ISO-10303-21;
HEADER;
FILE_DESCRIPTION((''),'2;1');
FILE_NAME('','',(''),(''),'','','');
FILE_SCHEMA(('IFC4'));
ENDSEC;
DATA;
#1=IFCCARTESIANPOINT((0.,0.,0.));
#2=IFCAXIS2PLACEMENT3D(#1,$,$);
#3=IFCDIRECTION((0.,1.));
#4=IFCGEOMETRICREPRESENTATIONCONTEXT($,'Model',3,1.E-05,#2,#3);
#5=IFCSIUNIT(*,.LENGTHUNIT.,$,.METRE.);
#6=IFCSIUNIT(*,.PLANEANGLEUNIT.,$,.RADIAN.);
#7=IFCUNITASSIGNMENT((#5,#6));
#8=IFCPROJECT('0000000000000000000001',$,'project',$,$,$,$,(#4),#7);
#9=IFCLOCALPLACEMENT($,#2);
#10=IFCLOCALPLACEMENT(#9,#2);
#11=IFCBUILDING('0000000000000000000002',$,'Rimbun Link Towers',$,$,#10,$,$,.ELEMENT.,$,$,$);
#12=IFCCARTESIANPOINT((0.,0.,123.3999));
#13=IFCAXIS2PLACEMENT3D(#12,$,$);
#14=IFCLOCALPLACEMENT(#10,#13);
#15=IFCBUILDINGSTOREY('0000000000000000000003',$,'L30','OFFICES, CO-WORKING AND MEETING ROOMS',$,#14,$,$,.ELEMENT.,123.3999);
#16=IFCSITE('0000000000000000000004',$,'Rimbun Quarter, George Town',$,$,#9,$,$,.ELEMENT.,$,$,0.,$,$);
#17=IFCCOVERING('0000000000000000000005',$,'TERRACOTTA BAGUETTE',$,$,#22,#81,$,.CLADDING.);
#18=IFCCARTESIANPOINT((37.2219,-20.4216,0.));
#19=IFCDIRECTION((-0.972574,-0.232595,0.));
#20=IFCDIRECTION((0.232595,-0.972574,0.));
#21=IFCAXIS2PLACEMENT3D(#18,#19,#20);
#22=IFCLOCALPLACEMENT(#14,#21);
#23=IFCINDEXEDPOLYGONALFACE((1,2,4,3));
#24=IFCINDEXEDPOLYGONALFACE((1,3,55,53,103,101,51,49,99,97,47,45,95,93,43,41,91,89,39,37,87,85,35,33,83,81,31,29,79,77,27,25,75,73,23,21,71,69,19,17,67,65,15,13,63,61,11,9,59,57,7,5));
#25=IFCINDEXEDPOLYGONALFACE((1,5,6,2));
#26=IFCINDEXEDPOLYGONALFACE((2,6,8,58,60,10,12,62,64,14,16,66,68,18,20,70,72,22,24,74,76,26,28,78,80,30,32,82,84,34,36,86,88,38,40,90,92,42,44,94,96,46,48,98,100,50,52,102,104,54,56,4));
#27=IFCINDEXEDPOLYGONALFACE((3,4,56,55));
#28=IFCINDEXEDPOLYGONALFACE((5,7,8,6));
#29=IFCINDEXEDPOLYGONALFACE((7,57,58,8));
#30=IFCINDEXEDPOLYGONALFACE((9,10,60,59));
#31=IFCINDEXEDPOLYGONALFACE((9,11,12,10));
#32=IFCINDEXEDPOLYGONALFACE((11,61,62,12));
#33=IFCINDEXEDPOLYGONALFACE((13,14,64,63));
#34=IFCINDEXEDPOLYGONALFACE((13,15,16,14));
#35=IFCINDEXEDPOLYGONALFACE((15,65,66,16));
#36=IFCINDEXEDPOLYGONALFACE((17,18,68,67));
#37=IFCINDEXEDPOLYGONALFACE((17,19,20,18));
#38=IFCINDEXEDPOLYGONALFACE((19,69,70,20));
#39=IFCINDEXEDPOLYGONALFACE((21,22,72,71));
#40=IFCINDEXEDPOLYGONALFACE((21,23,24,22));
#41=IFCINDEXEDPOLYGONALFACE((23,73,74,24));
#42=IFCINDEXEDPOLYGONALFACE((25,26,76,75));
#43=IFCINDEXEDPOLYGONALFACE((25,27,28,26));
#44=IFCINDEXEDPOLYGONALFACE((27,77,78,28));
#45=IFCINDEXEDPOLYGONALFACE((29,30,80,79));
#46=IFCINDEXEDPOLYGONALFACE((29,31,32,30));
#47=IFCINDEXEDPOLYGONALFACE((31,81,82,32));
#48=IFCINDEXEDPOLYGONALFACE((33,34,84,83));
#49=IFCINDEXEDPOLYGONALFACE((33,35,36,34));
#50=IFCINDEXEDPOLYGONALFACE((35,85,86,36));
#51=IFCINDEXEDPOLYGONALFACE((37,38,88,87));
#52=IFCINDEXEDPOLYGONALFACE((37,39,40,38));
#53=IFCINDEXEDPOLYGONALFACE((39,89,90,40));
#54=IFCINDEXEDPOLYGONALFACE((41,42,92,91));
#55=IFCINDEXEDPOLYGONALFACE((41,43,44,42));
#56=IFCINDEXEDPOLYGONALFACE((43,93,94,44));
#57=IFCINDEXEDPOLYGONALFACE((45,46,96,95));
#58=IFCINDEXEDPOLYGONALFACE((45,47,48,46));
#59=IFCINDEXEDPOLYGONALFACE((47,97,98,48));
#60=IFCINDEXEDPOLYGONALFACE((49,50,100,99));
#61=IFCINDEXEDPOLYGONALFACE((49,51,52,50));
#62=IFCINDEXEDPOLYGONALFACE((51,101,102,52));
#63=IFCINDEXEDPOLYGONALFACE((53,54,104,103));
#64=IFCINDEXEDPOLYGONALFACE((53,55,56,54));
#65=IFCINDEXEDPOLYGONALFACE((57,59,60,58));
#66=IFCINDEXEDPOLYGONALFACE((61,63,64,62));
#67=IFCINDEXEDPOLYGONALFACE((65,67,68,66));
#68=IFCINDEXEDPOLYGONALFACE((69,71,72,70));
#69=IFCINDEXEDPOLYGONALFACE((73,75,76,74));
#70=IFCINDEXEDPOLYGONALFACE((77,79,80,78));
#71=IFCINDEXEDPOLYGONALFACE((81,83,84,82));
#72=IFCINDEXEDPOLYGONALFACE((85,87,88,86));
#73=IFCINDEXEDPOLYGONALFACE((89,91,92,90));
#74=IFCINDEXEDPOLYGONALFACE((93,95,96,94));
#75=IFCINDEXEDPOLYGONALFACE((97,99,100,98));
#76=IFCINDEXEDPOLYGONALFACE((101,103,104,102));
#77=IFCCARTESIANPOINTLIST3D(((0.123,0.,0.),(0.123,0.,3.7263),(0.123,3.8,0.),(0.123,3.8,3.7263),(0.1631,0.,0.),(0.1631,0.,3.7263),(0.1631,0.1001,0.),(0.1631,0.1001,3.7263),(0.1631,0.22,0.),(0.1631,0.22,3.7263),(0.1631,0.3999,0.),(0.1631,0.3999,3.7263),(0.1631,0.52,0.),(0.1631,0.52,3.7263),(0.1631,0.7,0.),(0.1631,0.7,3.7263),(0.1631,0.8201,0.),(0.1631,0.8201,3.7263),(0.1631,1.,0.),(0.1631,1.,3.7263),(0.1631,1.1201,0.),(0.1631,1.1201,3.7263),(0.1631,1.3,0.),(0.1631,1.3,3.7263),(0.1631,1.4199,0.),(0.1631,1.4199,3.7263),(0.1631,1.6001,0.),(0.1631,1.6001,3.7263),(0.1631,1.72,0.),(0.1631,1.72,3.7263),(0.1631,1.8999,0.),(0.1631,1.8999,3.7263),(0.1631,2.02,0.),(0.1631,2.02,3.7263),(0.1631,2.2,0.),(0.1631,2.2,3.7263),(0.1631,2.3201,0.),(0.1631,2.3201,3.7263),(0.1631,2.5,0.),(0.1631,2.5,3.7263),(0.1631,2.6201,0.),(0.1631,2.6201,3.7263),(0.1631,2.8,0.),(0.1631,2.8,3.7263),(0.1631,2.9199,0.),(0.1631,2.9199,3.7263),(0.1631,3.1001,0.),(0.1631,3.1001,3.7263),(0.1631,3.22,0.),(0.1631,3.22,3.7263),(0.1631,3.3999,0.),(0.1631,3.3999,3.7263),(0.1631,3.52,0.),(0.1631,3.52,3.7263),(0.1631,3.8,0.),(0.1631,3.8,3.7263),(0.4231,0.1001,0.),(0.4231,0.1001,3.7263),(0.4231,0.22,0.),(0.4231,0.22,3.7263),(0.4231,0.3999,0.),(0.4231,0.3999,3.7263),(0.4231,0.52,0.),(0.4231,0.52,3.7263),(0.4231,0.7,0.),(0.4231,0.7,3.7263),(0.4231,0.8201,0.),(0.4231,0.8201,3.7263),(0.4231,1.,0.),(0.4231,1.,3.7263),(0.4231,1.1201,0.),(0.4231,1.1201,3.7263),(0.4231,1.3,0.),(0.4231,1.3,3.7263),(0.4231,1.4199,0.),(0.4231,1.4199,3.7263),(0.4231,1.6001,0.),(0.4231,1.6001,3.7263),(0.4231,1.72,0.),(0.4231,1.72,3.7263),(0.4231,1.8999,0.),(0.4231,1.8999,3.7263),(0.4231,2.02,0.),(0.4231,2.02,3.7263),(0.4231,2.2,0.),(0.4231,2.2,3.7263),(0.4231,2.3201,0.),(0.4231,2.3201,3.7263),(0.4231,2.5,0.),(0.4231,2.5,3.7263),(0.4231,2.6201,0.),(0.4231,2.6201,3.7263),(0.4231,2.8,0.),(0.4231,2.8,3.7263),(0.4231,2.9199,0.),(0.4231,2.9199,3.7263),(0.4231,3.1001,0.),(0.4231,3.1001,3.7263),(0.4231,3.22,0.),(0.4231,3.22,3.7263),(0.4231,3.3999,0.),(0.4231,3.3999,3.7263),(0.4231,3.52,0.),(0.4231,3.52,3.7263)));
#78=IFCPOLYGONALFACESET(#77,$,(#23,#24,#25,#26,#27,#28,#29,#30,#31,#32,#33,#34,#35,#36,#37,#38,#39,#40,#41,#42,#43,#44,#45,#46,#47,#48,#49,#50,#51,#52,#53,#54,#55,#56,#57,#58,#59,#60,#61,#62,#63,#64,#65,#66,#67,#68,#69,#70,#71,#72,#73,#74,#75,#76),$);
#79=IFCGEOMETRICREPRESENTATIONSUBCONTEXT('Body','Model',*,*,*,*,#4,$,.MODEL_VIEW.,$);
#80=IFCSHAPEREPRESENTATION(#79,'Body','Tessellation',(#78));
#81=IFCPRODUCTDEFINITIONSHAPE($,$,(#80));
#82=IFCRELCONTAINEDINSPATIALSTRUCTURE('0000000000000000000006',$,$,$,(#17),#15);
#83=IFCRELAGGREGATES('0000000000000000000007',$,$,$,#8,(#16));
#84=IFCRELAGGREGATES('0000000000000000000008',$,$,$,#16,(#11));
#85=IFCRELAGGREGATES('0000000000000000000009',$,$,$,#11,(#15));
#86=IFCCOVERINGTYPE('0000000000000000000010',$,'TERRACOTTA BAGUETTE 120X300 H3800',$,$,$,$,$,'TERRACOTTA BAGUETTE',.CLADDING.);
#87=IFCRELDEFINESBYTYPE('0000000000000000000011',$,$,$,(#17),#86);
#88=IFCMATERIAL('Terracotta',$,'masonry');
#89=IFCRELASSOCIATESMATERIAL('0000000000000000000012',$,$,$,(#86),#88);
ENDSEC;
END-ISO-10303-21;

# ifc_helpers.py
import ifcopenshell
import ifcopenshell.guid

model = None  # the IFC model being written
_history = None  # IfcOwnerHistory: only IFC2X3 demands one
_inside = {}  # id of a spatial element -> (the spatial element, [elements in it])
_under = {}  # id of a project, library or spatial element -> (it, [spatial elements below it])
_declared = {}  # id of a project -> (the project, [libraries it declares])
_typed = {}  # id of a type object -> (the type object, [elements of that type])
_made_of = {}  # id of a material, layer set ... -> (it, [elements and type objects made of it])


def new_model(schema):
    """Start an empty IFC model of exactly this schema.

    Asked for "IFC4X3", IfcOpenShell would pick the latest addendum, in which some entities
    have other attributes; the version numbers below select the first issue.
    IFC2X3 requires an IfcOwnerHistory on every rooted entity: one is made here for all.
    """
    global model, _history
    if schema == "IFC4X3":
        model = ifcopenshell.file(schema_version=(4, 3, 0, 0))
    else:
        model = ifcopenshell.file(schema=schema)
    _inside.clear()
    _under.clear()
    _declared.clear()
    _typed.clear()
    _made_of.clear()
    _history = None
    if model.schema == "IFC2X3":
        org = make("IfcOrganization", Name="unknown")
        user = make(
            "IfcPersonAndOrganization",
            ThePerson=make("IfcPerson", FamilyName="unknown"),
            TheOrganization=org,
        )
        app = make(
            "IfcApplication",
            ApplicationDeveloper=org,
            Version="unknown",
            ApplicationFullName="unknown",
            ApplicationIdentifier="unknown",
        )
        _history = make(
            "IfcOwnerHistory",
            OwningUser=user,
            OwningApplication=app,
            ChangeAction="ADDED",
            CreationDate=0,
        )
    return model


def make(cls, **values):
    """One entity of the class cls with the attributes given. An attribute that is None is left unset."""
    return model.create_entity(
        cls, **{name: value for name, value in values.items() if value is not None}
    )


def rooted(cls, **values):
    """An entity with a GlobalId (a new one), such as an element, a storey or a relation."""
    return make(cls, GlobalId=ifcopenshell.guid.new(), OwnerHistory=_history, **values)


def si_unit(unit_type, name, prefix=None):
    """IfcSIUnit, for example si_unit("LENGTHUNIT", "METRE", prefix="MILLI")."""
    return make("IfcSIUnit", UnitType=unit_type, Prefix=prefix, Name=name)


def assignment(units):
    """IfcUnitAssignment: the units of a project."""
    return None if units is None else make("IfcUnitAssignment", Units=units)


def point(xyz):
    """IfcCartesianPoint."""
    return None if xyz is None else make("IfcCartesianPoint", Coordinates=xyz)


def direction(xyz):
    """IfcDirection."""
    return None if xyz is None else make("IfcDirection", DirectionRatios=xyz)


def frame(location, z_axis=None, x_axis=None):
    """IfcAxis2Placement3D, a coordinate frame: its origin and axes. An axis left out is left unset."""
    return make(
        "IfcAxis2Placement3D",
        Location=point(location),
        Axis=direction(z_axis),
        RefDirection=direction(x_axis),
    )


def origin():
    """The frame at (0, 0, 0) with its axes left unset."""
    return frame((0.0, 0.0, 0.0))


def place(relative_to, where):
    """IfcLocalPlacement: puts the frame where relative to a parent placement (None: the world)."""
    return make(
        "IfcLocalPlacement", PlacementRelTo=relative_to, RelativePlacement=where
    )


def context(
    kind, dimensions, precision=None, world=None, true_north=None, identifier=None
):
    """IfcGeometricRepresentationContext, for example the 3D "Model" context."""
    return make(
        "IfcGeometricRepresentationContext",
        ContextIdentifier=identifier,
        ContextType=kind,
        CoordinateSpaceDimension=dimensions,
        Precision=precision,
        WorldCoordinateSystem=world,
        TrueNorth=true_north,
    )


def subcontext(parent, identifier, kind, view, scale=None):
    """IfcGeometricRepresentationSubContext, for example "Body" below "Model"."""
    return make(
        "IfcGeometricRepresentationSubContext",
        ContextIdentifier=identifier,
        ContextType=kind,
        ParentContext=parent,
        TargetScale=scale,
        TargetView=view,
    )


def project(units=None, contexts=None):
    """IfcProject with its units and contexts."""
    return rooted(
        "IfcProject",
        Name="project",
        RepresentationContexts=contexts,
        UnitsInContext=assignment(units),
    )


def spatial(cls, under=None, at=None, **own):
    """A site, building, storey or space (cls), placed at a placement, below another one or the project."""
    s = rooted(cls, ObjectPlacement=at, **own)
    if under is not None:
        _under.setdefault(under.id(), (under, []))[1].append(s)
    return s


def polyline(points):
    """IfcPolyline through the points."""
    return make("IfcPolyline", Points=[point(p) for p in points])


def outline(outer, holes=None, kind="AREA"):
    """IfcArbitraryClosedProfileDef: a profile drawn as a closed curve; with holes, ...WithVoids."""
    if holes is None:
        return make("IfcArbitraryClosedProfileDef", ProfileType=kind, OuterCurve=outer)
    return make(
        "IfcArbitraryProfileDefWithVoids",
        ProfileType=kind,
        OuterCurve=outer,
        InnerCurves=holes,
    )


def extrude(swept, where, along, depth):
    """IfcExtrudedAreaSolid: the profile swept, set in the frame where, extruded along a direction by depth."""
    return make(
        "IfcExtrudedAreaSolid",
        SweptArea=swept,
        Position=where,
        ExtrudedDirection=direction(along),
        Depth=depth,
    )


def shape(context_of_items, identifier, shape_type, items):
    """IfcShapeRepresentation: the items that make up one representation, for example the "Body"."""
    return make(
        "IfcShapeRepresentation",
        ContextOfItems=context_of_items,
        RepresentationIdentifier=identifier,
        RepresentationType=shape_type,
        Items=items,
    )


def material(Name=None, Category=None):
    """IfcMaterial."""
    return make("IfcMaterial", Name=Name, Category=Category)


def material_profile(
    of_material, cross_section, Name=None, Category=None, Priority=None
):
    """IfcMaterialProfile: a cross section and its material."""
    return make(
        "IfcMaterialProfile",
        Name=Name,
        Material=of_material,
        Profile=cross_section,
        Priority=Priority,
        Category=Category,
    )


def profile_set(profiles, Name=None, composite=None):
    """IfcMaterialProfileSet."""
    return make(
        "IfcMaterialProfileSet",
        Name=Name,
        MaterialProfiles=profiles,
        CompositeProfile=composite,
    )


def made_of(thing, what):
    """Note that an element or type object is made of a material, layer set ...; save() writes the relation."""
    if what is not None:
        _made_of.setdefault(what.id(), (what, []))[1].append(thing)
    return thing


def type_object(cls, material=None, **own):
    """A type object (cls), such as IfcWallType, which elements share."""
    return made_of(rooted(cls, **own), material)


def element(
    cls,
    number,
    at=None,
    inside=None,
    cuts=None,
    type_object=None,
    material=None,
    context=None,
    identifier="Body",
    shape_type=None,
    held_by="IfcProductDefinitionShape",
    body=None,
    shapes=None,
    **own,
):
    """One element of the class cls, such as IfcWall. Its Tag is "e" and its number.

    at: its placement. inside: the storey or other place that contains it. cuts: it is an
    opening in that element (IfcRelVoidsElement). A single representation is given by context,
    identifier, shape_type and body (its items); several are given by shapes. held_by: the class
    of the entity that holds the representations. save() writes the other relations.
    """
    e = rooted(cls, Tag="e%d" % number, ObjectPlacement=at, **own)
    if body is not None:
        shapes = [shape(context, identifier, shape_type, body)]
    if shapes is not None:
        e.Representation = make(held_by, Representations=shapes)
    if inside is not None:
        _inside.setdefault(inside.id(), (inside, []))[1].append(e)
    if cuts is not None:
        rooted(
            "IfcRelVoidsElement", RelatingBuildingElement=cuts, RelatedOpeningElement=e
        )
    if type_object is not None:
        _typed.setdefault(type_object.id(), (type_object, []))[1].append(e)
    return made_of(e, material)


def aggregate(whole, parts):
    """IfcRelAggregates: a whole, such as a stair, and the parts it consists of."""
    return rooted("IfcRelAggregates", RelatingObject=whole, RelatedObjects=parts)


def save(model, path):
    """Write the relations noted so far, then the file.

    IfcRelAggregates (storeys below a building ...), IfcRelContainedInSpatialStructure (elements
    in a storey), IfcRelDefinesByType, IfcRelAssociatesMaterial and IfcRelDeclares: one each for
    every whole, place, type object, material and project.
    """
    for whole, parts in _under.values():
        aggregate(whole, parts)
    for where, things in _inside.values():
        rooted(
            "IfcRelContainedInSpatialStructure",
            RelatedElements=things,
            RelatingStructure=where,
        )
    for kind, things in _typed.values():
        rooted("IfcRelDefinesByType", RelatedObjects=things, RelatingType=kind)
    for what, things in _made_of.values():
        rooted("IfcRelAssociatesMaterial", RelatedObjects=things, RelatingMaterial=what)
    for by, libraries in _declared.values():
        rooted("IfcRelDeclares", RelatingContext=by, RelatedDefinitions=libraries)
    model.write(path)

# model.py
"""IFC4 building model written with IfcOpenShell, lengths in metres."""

from ifc_helpers import new_model, si_unit, direction, frame, origin, place, context, subcontext, project, spatial, polyline, outline, extrude, material, material_profile, profile_set, type_object, element, save


model = new_model("IFC4")

# Units and contexts
model_context = context("Model", 3, precision=1e-05, world=origin(), true_north=direction((0.0, 1.0)))
body_context = subcontext(model_context, "Body", "Model", "MODEL_VIEW")
ifc_project = project(units=[si_unit("LENGTHUNIT", "METRE"), si_unit("PLANEANGLEUNIT", "RADIAN")], contexts=[model_context])

# Site, building, storey
site_placement = place(None, origin())
site = spatial("IfcSite", under=ifc_project, at=site_placement, Name="Rimbun Quarter, George Town", CompositionType="ELEMENT", RefElevation=0.0)
building_placement = place(site_placement, origin())
building = spatial("IfcBuilding", under=site, at=building_placement, Name="Rimbun Link Towers", CompositionType="ELEMENT")
storey_placement = place(building_placement, frame((0.0, 0.0, 123.3999)))
storey = spatial("IfcBuildingStorey", under=building, at=storey_placement, Name="L30", Description="OFFICES, CO-WORKING AND MEETING ROOMS", CompositionType="ELEMENT", Elevation=123.3999)

# Covering
ifc_material_1 = material(Name="Terracotta", Category="masonry")
ifc_material_profile_1 = material_profile(ifc_material_1, outline(polyline([(0.123, 0.0), (0.1631, 0.0), (0.1631, 0.1001), (0.4231, 0.1001), (0.4231, 0.22), (0.1631, 0.22), (0.1631, 0.3999), (0.4231, 0.3999), (0.4231, 0.52), (0.1631, 0.52), (0.1631, 0.7), (0.4231, 0.7), (0.4231, 0.8201), (0.1631, 0.8201), (0.1631, 1.0), (0.4231, 1.0), (0.4231, 1.1201), (0.1631, 1.1201), (0.1631, 1.3), (0.4231, 1.3), (0.4231, 1.4199), (0.1631, 1.4199), (0.1631, 1.6001), (0.4231, 1.6001), (0.4231, 1.72), (0.1631, 1.72), (0.1631, 1.8999), (0.4231, 1.8999), (0.4231, 2.02), (0.1631, 2.02), (0.1631, 2.2), (0.4231, 2.2), (0.4231, 2.3201), (0.1631, 2.3201), (0.1631, 2.5), (0.4231, 2.5), (0.4231, 2.6201), (0.1631, 2.6201), (0.1631, 2.8), (0.4231, 2.8), (0.4231, 2.9199), (0.1631, 2.9199), (0.1631, 3.1001), (0.4231, 3.1001), (0.4231, 3.22), (0.1631, 3.22), (0.1631, 3.3999), (0.4231, 3.3999), (0.4231, 3.52), (0.1631, 3.52), (0.1631, 3.8), (0.123, 3.8), (0.123, 0.0)])), Name="BAGUETTE 120X300")
ifc_profile_set_1 = profile_set([ifc_material_profile_1], Name="Terracotta")
covering_type = type_object("IfcCoveringType", Name="TERRACOTTA BAGUETTE 120X300 H3800", ElementType="TERRACOTTA BAGUETTE", PredefinedType="CLADDING", material=ifc_profile_set_1)
covering_1_placement = place(storey_placement, frame((37.2219, -20.4216, 0.0), z_axis=(-0.972574, -0.232595, 0.0), x_axis=(0.232595, -0.972574, 0.0)))
element("IfcCovering", 1, at=covering_1_placement, inside=storey, type_object=covering_type, Name="TERRACOTTA BAGUETTE", PredefinedType="CLADDING", context=body_context, shape_type="SweptSolid", body=[
    extrude(outline(polyline([(0.123, 0.0), (0.1631, 0.0), (0.1631, 0.1001), (0.4231, 0.1001), (0.4231, 0.22), (0.1631, 0.22), (0.1631, 0.3999), (0.4231, 0.3999), (0.4231, 0.52), (0.1631, 0.52), (0.1631, 0.7), (0.4231, 0.7), (0.4231, 0.8201), (0.1631, 0.8201), (0.1631, 1.0), (0.4231, 1.0), (0.4231, 1.1201), (0.1631, 1.1201), (0.1631, 1.3), (0.4231, 1.3), (0.4231, 1.4199), (0.1631, 1.4199), (0.1631, 1.6001), (0.4231, 1.6001), (0.4231, 1.72), (0.1631, 1.72), (0.1631, 1.8999), (0.4231, 1.8999), (0.4231, 2.02), (0.1631, 2.02), (0.1631, 2.2), (0.4231, 2.2), (0.4231, 2.3201), (0.1631, 2.3201), (0.1631, 2.5), (0.4231, 2.5), (0.4231, 2.6201), (0.1631, 2.6201), (0.1631, 2.8), (0.4231, 2.8), (0.4231, 2.9199), (0.1631, 2.9199), (0.1631, 3.1001), (0.4231, 3.1001), (0.4231, 3.22), (0.1631, 3.22), (0.1631, 3.3999), (0.4231, 3.3999), (0.4231, 3.52), (0.1631, 3.52), (0.1631, 3.8), (0.123, 3.8), (0.123, 0.0)])), origin(), (0.0, 0.0, 1.0), 3.7263),
])

save(model, "model.ifc")
